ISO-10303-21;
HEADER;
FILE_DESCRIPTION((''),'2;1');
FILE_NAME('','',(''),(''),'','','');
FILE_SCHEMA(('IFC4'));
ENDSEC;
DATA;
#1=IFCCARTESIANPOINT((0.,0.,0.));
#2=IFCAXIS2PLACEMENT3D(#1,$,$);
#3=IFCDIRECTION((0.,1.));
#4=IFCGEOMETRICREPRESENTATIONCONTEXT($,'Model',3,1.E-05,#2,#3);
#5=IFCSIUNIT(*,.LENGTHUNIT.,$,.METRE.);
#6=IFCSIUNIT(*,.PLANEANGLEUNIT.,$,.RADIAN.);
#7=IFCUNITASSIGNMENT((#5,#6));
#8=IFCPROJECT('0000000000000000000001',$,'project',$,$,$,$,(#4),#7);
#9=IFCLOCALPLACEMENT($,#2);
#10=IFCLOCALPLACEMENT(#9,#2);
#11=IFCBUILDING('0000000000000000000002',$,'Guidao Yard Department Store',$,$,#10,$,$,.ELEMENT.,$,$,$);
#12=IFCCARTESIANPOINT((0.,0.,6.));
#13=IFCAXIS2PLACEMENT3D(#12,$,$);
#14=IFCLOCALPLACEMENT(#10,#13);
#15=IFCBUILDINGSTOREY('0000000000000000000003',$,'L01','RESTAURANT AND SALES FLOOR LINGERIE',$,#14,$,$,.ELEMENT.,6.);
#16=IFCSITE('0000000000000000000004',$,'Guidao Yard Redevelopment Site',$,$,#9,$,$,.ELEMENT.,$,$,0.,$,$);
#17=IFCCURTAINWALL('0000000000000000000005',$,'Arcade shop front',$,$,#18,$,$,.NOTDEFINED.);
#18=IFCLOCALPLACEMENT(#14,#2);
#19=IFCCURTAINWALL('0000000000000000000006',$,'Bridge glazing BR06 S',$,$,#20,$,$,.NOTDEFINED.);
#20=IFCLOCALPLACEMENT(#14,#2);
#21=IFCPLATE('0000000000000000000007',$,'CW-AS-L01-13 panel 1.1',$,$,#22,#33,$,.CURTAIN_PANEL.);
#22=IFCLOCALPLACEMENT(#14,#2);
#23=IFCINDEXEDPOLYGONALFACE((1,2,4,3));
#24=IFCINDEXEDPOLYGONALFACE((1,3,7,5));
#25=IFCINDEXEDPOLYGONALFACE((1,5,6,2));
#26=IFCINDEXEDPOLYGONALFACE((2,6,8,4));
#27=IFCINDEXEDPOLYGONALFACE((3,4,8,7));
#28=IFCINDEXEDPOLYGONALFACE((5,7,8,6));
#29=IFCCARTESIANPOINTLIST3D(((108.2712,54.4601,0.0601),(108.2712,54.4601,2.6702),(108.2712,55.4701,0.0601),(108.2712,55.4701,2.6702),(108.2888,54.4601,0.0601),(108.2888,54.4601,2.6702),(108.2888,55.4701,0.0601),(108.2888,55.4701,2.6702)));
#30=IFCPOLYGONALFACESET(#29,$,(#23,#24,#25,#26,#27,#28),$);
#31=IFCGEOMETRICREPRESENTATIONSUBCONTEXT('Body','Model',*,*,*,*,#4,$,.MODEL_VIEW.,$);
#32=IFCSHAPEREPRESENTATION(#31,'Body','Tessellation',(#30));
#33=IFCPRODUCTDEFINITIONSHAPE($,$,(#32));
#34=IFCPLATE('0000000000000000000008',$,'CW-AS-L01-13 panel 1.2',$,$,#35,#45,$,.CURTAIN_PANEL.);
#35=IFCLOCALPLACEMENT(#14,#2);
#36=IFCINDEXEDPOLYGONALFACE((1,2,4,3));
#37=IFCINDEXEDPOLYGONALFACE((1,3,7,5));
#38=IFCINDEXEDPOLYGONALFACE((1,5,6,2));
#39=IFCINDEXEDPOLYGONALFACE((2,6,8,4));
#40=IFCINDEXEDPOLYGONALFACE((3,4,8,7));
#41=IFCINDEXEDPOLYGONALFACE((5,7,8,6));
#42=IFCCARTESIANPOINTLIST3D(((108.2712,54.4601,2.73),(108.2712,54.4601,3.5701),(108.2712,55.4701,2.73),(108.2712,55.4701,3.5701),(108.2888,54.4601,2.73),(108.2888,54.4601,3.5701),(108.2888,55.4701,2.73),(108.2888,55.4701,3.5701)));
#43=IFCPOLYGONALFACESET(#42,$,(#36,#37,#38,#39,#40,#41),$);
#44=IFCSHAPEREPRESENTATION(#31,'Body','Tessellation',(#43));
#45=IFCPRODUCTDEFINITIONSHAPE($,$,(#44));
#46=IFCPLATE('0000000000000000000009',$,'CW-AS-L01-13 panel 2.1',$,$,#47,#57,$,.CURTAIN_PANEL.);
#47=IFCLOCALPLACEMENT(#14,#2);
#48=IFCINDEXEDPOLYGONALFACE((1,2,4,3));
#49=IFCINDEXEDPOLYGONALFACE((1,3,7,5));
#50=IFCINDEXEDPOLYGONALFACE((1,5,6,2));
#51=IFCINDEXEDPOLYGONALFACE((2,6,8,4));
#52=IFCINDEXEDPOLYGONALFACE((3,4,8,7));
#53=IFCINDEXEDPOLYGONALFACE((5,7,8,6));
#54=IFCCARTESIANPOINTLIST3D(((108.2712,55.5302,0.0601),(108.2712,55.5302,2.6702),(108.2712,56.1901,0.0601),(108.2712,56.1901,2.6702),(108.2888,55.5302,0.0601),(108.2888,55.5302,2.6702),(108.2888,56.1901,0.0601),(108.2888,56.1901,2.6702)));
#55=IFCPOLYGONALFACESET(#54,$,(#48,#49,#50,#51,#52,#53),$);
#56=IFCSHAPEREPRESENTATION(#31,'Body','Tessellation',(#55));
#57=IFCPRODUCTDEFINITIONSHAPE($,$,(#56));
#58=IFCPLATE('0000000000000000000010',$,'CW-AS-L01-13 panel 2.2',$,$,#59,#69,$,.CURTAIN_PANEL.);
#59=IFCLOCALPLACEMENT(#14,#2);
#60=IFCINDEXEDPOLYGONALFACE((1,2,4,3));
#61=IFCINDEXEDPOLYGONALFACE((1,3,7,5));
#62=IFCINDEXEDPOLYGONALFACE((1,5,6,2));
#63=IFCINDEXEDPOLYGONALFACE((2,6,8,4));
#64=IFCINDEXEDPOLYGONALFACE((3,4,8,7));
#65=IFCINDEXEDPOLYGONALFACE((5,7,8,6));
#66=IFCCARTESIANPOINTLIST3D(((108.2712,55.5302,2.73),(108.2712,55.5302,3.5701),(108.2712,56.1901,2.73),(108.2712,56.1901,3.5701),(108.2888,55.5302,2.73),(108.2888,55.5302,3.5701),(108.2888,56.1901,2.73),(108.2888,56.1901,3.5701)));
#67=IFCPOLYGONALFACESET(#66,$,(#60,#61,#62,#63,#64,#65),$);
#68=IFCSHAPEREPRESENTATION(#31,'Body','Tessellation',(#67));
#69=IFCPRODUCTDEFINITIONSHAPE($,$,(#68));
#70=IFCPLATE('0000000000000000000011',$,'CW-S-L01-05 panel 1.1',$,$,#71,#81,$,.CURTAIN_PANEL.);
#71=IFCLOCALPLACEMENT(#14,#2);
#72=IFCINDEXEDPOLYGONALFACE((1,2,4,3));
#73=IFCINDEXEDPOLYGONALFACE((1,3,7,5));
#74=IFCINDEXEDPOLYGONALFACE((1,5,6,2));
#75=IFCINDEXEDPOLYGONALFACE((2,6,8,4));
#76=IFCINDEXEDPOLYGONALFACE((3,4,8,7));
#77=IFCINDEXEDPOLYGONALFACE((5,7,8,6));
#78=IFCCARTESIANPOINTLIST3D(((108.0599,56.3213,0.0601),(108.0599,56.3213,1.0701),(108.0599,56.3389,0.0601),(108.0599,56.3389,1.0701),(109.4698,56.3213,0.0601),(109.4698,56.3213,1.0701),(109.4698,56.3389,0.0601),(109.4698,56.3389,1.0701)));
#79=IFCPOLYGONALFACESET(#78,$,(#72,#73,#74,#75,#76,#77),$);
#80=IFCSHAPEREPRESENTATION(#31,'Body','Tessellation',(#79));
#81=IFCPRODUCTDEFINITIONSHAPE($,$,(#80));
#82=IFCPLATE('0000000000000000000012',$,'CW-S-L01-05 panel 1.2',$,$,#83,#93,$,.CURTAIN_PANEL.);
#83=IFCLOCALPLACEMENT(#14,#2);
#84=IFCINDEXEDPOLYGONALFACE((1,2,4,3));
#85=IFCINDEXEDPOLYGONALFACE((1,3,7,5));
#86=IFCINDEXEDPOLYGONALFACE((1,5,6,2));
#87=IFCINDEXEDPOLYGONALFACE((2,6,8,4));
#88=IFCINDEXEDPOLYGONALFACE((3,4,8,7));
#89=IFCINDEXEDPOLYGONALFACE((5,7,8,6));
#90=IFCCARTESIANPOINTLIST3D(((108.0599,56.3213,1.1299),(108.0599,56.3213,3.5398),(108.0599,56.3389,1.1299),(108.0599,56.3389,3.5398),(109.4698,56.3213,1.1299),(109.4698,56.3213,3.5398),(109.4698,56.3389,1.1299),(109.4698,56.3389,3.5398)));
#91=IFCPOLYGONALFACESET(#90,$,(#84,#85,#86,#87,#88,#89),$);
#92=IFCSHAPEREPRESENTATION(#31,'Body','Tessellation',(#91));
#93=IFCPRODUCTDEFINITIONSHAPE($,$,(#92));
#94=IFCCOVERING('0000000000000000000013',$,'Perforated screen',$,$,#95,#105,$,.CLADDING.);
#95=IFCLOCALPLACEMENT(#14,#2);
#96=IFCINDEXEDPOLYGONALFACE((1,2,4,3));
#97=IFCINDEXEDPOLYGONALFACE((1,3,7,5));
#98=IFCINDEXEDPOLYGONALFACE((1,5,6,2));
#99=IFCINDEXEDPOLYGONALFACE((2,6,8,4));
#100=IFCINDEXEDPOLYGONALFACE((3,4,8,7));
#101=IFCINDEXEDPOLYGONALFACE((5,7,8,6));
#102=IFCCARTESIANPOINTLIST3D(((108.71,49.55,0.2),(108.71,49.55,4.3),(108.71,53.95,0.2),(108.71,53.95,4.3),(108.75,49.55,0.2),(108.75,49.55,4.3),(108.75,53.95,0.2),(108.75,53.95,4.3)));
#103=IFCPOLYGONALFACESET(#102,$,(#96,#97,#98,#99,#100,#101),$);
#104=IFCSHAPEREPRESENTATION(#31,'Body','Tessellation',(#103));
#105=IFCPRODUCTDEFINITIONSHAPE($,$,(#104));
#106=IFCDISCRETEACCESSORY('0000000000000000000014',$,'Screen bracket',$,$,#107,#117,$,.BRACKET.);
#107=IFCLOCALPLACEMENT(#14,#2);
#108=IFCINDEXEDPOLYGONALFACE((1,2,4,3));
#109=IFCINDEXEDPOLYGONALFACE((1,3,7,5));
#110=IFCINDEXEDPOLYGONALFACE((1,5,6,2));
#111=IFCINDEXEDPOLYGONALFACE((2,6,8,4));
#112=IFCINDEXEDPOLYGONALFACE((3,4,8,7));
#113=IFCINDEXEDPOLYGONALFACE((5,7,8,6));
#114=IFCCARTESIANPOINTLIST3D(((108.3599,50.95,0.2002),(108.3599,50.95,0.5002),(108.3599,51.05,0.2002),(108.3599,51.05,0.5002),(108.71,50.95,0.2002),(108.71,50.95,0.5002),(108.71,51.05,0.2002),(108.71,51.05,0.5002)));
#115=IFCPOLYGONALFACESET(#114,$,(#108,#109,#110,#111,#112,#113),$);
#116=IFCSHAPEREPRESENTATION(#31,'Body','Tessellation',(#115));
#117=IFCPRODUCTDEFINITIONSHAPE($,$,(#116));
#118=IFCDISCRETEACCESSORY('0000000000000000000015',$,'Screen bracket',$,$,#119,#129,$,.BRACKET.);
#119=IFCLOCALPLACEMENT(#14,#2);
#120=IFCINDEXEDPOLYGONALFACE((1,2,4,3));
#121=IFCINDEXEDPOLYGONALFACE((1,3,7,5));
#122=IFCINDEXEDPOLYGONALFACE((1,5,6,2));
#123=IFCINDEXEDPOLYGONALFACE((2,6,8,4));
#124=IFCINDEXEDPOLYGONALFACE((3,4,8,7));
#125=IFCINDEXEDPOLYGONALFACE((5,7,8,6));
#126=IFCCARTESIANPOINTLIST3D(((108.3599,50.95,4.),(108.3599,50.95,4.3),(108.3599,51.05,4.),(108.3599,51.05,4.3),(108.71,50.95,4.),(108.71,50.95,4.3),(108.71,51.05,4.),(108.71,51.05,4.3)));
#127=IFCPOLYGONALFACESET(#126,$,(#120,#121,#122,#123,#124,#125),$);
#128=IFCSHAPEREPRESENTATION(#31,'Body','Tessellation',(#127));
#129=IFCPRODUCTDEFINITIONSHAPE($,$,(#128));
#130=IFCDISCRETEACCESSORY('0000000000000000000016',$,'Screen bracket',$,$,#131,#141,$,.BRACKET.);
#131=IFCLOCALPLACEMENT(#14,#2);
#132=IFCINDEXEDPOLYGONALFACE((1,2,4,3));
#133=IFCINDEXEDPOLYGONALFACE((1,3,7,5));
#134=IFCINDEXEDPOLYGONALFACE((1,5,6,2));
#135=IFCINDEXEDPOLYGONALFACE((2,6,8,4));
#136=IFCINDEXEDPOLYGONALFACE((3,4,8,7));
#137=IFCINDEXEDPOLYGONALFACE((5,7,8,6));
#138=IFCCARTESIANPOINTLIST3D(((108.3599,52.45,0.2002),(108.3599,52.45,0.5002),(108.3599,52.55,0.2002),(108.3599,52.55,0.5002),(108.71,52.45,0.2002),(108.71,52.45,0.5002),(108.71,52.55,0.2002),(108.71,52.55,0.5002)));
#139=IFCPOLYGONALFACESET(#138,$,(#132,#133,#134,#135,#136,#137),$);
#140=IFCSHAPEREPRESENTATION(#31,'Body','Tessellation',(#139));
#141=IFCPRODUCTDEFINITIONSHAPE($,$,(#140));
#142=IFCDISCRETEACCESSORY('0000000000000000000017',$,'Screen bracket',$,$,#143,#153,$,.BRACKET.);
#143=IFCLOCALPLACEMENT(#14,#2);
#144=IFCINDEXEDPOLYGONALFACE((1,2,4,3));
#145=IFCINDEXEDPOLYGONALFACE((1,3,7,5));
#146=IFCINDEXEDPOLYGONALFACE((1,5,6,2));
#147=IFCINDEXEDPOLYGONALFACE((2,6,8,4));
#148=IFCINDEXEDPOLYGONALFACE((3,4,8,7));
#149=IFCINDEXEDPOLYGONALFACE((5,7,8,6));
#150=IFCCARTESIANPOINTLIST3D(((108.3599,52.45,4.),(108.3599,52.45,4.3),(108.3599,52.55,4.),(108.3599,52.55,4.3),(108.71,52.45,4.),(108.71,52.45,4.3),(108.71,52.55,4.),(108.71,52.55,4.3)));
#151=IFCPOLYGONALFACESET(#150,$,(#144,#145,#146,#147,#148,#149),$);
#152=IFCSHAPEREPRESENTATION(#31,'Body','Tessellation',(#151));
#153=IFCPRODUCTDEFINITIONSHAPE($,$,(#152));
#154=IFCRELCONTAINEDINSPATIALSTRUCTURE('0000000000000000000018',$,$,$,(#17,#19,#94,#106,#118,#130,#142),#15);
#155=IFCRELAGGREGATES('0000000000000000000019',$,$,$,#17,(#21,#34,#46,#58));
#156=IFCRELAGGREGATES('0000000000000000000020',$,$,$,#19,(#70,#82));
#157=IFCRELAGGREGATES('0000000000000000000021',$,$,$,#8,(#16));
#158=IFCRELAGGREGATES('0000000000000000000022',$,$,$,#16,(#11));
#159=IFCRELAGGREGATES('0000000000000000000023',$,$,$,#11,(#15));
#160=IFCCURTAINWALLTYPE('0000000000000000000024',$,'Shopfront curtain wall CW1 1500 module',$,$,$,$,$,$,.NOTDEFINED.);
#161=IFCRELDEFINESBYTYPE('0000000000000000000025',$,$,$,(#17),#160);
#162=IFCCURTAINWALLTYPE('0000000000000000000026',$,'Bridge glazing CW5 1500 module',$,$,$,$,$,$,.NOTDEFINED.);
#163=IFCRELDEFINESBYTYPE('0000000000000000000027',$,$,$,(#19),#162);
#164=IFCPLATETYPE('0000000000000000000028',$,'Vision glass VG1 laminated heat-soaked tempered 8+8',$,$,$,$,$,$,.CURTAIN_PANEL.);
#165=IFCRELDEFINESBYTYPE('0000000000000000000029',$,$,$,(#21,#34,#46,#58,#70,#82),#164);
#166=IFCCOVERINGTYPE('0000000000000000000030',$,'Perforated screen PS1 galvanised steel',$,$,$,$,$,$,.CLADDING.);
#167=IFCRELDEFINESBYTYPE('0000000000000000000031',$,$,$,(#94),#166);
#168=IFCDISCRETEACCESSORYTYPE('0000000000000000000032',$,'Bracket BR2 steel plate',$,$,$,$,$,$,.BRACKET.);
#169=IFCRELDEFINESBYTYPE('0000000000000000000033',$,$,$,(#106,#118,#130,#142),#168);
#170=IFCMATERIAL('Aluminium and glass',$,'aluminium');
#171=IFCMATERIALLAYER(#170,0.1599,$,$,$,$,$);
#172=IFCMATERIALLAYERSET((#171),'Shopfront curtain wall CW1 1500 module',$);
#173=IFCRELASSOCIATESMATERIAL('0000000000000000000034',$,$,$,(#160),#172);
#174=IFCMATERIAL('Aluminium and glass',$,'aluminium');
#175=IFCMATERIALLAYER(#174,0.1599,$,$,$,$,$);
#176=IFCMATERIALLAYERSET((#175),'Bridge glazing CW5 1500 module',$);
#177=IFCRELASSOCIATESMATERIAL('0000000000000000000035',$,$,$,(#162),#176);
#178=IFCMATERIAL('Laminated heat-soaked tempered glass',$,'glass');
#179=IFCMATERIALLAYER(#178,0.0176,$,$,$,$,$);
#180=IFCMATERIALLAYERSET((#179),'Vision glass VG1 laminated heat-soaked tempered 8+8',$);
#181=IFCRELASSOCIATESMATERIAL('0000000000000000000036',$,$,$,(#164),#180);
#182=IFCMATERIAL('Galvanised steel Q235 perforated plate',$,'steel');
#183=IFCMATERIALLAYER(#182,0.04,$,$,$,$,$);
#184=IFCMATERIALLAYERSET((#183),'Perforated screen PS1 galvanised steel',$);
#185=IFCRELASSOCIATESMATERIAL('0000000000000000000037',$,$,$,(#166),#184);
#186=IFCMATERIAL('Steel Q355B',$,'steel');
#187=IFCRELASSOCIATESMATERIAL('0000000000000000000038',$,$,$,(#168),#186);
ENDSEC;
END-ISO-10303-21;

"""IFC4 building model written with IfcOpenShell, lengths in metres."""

from ifc_helpers import new_model, si_unit, direction, frame, origin, origin_2d, place, context, subcontext, project, spatial, rectangle, extrude, material, layer, layer_set, type_object, element, aggregate, save


model = new_model("IFC4")

# Units and contexts
model_context = context("Model", 3, precision=1e-05, world=origin(), true_north=direction((0.0, 1.0)))
body_context = subcontext(model_context, "Body", "Model", "MODEL_VIEW")
ifc_project = project(units=[si_unit("LENGTHUNIT", "METRE"), si_unit("PLANEANGLEUNIT", "RADIAN")], contexts=[model_context])

# Site, building, storey
site_placement = place(None, origin())
site = spatial("IfcSite", under=ifc_project, at=site_placement, Name="Guidao Yard Redevelopment Site", CompositionType="ELEMENT", RefElevation=0.0)
building_placement = place(site_placement, origin())
building = spatial("IfcBuilding", under=site, at=building_placement, Name="Guidao Yard Department Store", CompositionType="ELEMENT")
storey_placement = place(building_placement, frame((0.0, 0.0, 6.0)))
storey = spatial("IfcBuildingStorey", under=building, at=storey_placement, Name="L01", Description="RESTAURANT AND SALES FLOOR LINGERIE", CompositionType="ELEMENT", Elevation=6.0)

# Curtain walls
ifc_material_1 = material(Name="Aluminium and glass", Category="aluminium")
ifc_layer_1 = layer(ifc_material_1, 0.1599)
ifc_layer_set_1 = layer_set([ifc_layer_1], Name="Shopfront curtain wall CW1 1500 module")
curtain_wall_type_1 = type_object("IfcCurtainWallType", Name="Shopfront curtain wall CW1 1500 module", PredefinedType="NOTDEFINED", material=ifc_layer_set_1)
curtain_wall_1_placement = place(storey_placement, origin())
curtain_wall_1 = element("IfcCurtainWall", 1, at=curtain_wall_1_placement, inside=storey, type_object=curtain_wall_type_1, Name="Arcade shop front", PredefinedType="NOTDEFINED")
ifc_material_2 = material(Name="Aluminium and glass", Category="aluminium")
ifc_layer_2 = layer(ifc_material_2, 0.1599)
ifc_layer_set_2 = layer_set([ifc_layer_2], Name="Bridge glazing CW5 1500 module")
curtain_wall_type_2 = type_object("IfcCurtainWallType", Name="Bridge glazing CW5 1500 module", PredefinedType="NOTDEFINED", material=ifc_layer_set_2)
curtain_wall_2_placement = place(storey_placement, origin())
curtain_wall_2 = element("IfcCurtainWall", 2, at=curtain_wall_2_placement, inside=storey, type_object=curtain_wall_type_2, Name="Bridge glazing BR06 S", PredefinedType="NOTDEFINED")

# Plates
ifc_material_3 = material(Name="Laminated heat-soaked tempered glass", Category="glass")
ifc_layer_3 = layer(ifc_material_3, 0.0176)
ifc_layer_set_3 = layer_set([ifc_layer_3], Name="Vision glass VG1 laminated heat-soaked tempered 8+8")
plate_type_1 = type_object("IfcPlateType", Name="Vision glass VG1 laminated heat-soaked tempered 8+8", PredefinedType="CURTAIN_PANEL", material=ifc_layer_set_3)
plate_1_placement = place(storey_placement, frame((108.28, 54.9651, 0.0601), z_axis=(0.0, 0.0, 1.0), x_axis=(0.0, -1.0, 0.0)))
plate_1 = element("IfcPlate", 3, at=plate_1_placement, type_object=plate_type_1, Name="CW-AS-L01-13 panel 1.1", PredefinedType="CURTAIN_PANEL", context=body_context, shape_type="SweptSolid", body=[
    extrude(rectangle(XDim=1.01, YDim=0.0176, at=origin_2d()), origin(), (0.0, 0.0, 1.0), 2.6101),
])
plate_2_placement = place(storey_placement, frame((108.28, 54.9651, 2.73), z_axis=(0.0, 0.0, 1.0), x_axis=(0.0, -1.0, 0.0)))
plate_2 = element("IfcPlate", 4, at=plate_2_placement, type_object=plate_type_1, Name="CW-AS-L01-13 panel 1.2", PredefinedType="CURTAIN_PANEL", context=body_context, shape_type="SweptSolid", body=[
    extrude(rectangle(XDim=1.01, YDim=0.0176, at=origin_2d()), origin(), (0.0, 0.0, 1.0), 0.8401),
])
plate_3_placement = place(storey_placement, frame((108.28, 55.8601, 0.0601), z_axis=(0.0, 0.0, 1.0), x_axis=(0.0, -1.0, 0.0)))
plate_3 = element("IfcPlate", 5, at=plate_3_placement, type_object=plate_type_1, Name="CW-AS-L01-13 panel 2.1", PredefinedType="CURTAIN_PANEL", context=body_context, shape_type="SweptSolid", body=[
    extrude(rectangle(XDim=0.6599, YDim=0.0176, at=origin_2d()), origin(), (0.0, 0.0, 1.0), 2.6101),
])
plate_4_placement = place(storey_placement, frame((108.28, 55.8601, 2.73), z_axis=(0.0, 0.0, 1.0), x_axis=(0.0, -1.0, 0.0)))
plate_4 = element("IfcPlate", 6, at=plate_4_placement, type_object=plate_type_1, Name="CW-AS-L01-13 panel 2.2", PredefinedType="CURTAIN_PANEL", context=body_context, shape_type="SweptSolid", body=[
    extrude(rectangle(XDim=0.6599, YDim=0.0176, at=origin_2d()), origin(), (0.0, 0.0, 1.0), 0.8401),
])
aggregate(curtain_wall_1, [plate_1, plate_2, plate_3, plate_4])
plate_5_placement = place(storey_placement, frame((108.7649, 56.3301, 0.0601), z_axis=(0.0, 0.0, 1.0), x_axis=(-1.0, 0.0, 0.0)))
plate_5 = element("IfcPlate", 7, at=plate_5_placement, type_object=plate_type_1, Name="CW-S-L01-05 panel 1.1", PredefinedType="CURTAIN_PANEL", context=body_context, shape_type="SweptSolid", body=[
    extrude(rectangle(XDim=1.4099, YDim=0.0176, at=origin_2d()), origin(), (0.0, 0.0, 1.0), 1.01),
])
plate_6_placement = place(storey_placement, frame((108.7649, 56.3301, 1.1299), z_axis=(0.0, 0.0, 1.0), x_axis=(-1.0, 0.0, 0.0)))
plate_6 = element("IfcPlate", 8, at=plate_6_placement, type_object=plate_type_1, Name="CW-S-L01-05 panel 1.2", PredefinedType="CURTAIN_PANEL", context=body_context, shape_type="SweptSolid", body=[
    extrude(rectangle(XDim=1.4099, YDim=0.0176, at=origin_2d()), origin(), (0.0, 0.0, 1.0), 2.4099),
])
aggregate(curtain_wall_2, [plate_5, plate_6])

# Covering
ifc_material_4 = material(Name="Galvanised steel Q235 perforated plate", Category="steel")
ifc_layer_4 = layer(ifc_material_4, 0.04)
ifc_layer_set_4 = layer_set([ifc_layer_4], Name="Perforated screen PS1 galvanised steel")
covering_type = type_object("IfcCoveringType", Name="Perforated screen PS1 galvanised steel", PredefinedType="CLADDING", material=ifc_layer_set_4)
covering_placement = place(storey_placement, frame((108.73, 51.75, 0.2), z_axis=(0.0, 0.0, 1.0), x_axis=(0.0, -1.0, 0.0)))
element("IfcCovering", 9, at=covering_placement, inside=storey, type_object=covering_type, Name="Perforated screen", PredefinedType="CLADDING", context=body_context, shape_type="SweptSolid", body=[
    extrude(rectangle(XDim=4.3999, YDim=0.04, at=origin_2d()), origin(), (0.0, 0.0, 1.0), 4.1001),
])

# Discrete accessories
ifc_material_5 = material(Name="Steel Q355B", Category="steel")
discrete_accessory_type = type_object("IfcDiscreteAccessoryType", Name="Bracket BR2 steel plate", PredefinedType="BRACKET", material=ifc_material_5)
for number, where, z_axis, x_axis, name in (
    (10, (108.5349, 51.0, 0.2002), (0.0, 0.0, 1.0), (0.0, -1.0, 0.0), "Screen bracket"),
    (11, (108.5349, 51.0, 4.0), (0.0, 0.0, 1.0), (0.0, -1.0, 0.0), "Screen bracket"),
    (12, (108.5349, 52.5, 0.2002), (0.0, 0.0, 1.0), (0.0, -1.0, 0.0), "Screen bracket"),
    (13, (108.5349, 52.5, 4.0), (0.0, 0.0, 1.0), (0.0, -1.0, 0.0), "Screen bracket"),
):
    element("IfcDiscreteAccessory", number, at=place(storey_placement, frame(where, z_axis=z_axis, x_axis=x_axis)), inside=storey, type_object=discrete_accessory_type, Name=name, PredefinedType="BRACKET", context=body_context, shape_type="SweptSolid", body=[
        extrude(rectangle(XDim=0.1001, YDim=0.3501, at=origin_2d()), origin(), (0.0, 0.0, 1.0), 0.3),
    ])

save(model, "model.ifc")
